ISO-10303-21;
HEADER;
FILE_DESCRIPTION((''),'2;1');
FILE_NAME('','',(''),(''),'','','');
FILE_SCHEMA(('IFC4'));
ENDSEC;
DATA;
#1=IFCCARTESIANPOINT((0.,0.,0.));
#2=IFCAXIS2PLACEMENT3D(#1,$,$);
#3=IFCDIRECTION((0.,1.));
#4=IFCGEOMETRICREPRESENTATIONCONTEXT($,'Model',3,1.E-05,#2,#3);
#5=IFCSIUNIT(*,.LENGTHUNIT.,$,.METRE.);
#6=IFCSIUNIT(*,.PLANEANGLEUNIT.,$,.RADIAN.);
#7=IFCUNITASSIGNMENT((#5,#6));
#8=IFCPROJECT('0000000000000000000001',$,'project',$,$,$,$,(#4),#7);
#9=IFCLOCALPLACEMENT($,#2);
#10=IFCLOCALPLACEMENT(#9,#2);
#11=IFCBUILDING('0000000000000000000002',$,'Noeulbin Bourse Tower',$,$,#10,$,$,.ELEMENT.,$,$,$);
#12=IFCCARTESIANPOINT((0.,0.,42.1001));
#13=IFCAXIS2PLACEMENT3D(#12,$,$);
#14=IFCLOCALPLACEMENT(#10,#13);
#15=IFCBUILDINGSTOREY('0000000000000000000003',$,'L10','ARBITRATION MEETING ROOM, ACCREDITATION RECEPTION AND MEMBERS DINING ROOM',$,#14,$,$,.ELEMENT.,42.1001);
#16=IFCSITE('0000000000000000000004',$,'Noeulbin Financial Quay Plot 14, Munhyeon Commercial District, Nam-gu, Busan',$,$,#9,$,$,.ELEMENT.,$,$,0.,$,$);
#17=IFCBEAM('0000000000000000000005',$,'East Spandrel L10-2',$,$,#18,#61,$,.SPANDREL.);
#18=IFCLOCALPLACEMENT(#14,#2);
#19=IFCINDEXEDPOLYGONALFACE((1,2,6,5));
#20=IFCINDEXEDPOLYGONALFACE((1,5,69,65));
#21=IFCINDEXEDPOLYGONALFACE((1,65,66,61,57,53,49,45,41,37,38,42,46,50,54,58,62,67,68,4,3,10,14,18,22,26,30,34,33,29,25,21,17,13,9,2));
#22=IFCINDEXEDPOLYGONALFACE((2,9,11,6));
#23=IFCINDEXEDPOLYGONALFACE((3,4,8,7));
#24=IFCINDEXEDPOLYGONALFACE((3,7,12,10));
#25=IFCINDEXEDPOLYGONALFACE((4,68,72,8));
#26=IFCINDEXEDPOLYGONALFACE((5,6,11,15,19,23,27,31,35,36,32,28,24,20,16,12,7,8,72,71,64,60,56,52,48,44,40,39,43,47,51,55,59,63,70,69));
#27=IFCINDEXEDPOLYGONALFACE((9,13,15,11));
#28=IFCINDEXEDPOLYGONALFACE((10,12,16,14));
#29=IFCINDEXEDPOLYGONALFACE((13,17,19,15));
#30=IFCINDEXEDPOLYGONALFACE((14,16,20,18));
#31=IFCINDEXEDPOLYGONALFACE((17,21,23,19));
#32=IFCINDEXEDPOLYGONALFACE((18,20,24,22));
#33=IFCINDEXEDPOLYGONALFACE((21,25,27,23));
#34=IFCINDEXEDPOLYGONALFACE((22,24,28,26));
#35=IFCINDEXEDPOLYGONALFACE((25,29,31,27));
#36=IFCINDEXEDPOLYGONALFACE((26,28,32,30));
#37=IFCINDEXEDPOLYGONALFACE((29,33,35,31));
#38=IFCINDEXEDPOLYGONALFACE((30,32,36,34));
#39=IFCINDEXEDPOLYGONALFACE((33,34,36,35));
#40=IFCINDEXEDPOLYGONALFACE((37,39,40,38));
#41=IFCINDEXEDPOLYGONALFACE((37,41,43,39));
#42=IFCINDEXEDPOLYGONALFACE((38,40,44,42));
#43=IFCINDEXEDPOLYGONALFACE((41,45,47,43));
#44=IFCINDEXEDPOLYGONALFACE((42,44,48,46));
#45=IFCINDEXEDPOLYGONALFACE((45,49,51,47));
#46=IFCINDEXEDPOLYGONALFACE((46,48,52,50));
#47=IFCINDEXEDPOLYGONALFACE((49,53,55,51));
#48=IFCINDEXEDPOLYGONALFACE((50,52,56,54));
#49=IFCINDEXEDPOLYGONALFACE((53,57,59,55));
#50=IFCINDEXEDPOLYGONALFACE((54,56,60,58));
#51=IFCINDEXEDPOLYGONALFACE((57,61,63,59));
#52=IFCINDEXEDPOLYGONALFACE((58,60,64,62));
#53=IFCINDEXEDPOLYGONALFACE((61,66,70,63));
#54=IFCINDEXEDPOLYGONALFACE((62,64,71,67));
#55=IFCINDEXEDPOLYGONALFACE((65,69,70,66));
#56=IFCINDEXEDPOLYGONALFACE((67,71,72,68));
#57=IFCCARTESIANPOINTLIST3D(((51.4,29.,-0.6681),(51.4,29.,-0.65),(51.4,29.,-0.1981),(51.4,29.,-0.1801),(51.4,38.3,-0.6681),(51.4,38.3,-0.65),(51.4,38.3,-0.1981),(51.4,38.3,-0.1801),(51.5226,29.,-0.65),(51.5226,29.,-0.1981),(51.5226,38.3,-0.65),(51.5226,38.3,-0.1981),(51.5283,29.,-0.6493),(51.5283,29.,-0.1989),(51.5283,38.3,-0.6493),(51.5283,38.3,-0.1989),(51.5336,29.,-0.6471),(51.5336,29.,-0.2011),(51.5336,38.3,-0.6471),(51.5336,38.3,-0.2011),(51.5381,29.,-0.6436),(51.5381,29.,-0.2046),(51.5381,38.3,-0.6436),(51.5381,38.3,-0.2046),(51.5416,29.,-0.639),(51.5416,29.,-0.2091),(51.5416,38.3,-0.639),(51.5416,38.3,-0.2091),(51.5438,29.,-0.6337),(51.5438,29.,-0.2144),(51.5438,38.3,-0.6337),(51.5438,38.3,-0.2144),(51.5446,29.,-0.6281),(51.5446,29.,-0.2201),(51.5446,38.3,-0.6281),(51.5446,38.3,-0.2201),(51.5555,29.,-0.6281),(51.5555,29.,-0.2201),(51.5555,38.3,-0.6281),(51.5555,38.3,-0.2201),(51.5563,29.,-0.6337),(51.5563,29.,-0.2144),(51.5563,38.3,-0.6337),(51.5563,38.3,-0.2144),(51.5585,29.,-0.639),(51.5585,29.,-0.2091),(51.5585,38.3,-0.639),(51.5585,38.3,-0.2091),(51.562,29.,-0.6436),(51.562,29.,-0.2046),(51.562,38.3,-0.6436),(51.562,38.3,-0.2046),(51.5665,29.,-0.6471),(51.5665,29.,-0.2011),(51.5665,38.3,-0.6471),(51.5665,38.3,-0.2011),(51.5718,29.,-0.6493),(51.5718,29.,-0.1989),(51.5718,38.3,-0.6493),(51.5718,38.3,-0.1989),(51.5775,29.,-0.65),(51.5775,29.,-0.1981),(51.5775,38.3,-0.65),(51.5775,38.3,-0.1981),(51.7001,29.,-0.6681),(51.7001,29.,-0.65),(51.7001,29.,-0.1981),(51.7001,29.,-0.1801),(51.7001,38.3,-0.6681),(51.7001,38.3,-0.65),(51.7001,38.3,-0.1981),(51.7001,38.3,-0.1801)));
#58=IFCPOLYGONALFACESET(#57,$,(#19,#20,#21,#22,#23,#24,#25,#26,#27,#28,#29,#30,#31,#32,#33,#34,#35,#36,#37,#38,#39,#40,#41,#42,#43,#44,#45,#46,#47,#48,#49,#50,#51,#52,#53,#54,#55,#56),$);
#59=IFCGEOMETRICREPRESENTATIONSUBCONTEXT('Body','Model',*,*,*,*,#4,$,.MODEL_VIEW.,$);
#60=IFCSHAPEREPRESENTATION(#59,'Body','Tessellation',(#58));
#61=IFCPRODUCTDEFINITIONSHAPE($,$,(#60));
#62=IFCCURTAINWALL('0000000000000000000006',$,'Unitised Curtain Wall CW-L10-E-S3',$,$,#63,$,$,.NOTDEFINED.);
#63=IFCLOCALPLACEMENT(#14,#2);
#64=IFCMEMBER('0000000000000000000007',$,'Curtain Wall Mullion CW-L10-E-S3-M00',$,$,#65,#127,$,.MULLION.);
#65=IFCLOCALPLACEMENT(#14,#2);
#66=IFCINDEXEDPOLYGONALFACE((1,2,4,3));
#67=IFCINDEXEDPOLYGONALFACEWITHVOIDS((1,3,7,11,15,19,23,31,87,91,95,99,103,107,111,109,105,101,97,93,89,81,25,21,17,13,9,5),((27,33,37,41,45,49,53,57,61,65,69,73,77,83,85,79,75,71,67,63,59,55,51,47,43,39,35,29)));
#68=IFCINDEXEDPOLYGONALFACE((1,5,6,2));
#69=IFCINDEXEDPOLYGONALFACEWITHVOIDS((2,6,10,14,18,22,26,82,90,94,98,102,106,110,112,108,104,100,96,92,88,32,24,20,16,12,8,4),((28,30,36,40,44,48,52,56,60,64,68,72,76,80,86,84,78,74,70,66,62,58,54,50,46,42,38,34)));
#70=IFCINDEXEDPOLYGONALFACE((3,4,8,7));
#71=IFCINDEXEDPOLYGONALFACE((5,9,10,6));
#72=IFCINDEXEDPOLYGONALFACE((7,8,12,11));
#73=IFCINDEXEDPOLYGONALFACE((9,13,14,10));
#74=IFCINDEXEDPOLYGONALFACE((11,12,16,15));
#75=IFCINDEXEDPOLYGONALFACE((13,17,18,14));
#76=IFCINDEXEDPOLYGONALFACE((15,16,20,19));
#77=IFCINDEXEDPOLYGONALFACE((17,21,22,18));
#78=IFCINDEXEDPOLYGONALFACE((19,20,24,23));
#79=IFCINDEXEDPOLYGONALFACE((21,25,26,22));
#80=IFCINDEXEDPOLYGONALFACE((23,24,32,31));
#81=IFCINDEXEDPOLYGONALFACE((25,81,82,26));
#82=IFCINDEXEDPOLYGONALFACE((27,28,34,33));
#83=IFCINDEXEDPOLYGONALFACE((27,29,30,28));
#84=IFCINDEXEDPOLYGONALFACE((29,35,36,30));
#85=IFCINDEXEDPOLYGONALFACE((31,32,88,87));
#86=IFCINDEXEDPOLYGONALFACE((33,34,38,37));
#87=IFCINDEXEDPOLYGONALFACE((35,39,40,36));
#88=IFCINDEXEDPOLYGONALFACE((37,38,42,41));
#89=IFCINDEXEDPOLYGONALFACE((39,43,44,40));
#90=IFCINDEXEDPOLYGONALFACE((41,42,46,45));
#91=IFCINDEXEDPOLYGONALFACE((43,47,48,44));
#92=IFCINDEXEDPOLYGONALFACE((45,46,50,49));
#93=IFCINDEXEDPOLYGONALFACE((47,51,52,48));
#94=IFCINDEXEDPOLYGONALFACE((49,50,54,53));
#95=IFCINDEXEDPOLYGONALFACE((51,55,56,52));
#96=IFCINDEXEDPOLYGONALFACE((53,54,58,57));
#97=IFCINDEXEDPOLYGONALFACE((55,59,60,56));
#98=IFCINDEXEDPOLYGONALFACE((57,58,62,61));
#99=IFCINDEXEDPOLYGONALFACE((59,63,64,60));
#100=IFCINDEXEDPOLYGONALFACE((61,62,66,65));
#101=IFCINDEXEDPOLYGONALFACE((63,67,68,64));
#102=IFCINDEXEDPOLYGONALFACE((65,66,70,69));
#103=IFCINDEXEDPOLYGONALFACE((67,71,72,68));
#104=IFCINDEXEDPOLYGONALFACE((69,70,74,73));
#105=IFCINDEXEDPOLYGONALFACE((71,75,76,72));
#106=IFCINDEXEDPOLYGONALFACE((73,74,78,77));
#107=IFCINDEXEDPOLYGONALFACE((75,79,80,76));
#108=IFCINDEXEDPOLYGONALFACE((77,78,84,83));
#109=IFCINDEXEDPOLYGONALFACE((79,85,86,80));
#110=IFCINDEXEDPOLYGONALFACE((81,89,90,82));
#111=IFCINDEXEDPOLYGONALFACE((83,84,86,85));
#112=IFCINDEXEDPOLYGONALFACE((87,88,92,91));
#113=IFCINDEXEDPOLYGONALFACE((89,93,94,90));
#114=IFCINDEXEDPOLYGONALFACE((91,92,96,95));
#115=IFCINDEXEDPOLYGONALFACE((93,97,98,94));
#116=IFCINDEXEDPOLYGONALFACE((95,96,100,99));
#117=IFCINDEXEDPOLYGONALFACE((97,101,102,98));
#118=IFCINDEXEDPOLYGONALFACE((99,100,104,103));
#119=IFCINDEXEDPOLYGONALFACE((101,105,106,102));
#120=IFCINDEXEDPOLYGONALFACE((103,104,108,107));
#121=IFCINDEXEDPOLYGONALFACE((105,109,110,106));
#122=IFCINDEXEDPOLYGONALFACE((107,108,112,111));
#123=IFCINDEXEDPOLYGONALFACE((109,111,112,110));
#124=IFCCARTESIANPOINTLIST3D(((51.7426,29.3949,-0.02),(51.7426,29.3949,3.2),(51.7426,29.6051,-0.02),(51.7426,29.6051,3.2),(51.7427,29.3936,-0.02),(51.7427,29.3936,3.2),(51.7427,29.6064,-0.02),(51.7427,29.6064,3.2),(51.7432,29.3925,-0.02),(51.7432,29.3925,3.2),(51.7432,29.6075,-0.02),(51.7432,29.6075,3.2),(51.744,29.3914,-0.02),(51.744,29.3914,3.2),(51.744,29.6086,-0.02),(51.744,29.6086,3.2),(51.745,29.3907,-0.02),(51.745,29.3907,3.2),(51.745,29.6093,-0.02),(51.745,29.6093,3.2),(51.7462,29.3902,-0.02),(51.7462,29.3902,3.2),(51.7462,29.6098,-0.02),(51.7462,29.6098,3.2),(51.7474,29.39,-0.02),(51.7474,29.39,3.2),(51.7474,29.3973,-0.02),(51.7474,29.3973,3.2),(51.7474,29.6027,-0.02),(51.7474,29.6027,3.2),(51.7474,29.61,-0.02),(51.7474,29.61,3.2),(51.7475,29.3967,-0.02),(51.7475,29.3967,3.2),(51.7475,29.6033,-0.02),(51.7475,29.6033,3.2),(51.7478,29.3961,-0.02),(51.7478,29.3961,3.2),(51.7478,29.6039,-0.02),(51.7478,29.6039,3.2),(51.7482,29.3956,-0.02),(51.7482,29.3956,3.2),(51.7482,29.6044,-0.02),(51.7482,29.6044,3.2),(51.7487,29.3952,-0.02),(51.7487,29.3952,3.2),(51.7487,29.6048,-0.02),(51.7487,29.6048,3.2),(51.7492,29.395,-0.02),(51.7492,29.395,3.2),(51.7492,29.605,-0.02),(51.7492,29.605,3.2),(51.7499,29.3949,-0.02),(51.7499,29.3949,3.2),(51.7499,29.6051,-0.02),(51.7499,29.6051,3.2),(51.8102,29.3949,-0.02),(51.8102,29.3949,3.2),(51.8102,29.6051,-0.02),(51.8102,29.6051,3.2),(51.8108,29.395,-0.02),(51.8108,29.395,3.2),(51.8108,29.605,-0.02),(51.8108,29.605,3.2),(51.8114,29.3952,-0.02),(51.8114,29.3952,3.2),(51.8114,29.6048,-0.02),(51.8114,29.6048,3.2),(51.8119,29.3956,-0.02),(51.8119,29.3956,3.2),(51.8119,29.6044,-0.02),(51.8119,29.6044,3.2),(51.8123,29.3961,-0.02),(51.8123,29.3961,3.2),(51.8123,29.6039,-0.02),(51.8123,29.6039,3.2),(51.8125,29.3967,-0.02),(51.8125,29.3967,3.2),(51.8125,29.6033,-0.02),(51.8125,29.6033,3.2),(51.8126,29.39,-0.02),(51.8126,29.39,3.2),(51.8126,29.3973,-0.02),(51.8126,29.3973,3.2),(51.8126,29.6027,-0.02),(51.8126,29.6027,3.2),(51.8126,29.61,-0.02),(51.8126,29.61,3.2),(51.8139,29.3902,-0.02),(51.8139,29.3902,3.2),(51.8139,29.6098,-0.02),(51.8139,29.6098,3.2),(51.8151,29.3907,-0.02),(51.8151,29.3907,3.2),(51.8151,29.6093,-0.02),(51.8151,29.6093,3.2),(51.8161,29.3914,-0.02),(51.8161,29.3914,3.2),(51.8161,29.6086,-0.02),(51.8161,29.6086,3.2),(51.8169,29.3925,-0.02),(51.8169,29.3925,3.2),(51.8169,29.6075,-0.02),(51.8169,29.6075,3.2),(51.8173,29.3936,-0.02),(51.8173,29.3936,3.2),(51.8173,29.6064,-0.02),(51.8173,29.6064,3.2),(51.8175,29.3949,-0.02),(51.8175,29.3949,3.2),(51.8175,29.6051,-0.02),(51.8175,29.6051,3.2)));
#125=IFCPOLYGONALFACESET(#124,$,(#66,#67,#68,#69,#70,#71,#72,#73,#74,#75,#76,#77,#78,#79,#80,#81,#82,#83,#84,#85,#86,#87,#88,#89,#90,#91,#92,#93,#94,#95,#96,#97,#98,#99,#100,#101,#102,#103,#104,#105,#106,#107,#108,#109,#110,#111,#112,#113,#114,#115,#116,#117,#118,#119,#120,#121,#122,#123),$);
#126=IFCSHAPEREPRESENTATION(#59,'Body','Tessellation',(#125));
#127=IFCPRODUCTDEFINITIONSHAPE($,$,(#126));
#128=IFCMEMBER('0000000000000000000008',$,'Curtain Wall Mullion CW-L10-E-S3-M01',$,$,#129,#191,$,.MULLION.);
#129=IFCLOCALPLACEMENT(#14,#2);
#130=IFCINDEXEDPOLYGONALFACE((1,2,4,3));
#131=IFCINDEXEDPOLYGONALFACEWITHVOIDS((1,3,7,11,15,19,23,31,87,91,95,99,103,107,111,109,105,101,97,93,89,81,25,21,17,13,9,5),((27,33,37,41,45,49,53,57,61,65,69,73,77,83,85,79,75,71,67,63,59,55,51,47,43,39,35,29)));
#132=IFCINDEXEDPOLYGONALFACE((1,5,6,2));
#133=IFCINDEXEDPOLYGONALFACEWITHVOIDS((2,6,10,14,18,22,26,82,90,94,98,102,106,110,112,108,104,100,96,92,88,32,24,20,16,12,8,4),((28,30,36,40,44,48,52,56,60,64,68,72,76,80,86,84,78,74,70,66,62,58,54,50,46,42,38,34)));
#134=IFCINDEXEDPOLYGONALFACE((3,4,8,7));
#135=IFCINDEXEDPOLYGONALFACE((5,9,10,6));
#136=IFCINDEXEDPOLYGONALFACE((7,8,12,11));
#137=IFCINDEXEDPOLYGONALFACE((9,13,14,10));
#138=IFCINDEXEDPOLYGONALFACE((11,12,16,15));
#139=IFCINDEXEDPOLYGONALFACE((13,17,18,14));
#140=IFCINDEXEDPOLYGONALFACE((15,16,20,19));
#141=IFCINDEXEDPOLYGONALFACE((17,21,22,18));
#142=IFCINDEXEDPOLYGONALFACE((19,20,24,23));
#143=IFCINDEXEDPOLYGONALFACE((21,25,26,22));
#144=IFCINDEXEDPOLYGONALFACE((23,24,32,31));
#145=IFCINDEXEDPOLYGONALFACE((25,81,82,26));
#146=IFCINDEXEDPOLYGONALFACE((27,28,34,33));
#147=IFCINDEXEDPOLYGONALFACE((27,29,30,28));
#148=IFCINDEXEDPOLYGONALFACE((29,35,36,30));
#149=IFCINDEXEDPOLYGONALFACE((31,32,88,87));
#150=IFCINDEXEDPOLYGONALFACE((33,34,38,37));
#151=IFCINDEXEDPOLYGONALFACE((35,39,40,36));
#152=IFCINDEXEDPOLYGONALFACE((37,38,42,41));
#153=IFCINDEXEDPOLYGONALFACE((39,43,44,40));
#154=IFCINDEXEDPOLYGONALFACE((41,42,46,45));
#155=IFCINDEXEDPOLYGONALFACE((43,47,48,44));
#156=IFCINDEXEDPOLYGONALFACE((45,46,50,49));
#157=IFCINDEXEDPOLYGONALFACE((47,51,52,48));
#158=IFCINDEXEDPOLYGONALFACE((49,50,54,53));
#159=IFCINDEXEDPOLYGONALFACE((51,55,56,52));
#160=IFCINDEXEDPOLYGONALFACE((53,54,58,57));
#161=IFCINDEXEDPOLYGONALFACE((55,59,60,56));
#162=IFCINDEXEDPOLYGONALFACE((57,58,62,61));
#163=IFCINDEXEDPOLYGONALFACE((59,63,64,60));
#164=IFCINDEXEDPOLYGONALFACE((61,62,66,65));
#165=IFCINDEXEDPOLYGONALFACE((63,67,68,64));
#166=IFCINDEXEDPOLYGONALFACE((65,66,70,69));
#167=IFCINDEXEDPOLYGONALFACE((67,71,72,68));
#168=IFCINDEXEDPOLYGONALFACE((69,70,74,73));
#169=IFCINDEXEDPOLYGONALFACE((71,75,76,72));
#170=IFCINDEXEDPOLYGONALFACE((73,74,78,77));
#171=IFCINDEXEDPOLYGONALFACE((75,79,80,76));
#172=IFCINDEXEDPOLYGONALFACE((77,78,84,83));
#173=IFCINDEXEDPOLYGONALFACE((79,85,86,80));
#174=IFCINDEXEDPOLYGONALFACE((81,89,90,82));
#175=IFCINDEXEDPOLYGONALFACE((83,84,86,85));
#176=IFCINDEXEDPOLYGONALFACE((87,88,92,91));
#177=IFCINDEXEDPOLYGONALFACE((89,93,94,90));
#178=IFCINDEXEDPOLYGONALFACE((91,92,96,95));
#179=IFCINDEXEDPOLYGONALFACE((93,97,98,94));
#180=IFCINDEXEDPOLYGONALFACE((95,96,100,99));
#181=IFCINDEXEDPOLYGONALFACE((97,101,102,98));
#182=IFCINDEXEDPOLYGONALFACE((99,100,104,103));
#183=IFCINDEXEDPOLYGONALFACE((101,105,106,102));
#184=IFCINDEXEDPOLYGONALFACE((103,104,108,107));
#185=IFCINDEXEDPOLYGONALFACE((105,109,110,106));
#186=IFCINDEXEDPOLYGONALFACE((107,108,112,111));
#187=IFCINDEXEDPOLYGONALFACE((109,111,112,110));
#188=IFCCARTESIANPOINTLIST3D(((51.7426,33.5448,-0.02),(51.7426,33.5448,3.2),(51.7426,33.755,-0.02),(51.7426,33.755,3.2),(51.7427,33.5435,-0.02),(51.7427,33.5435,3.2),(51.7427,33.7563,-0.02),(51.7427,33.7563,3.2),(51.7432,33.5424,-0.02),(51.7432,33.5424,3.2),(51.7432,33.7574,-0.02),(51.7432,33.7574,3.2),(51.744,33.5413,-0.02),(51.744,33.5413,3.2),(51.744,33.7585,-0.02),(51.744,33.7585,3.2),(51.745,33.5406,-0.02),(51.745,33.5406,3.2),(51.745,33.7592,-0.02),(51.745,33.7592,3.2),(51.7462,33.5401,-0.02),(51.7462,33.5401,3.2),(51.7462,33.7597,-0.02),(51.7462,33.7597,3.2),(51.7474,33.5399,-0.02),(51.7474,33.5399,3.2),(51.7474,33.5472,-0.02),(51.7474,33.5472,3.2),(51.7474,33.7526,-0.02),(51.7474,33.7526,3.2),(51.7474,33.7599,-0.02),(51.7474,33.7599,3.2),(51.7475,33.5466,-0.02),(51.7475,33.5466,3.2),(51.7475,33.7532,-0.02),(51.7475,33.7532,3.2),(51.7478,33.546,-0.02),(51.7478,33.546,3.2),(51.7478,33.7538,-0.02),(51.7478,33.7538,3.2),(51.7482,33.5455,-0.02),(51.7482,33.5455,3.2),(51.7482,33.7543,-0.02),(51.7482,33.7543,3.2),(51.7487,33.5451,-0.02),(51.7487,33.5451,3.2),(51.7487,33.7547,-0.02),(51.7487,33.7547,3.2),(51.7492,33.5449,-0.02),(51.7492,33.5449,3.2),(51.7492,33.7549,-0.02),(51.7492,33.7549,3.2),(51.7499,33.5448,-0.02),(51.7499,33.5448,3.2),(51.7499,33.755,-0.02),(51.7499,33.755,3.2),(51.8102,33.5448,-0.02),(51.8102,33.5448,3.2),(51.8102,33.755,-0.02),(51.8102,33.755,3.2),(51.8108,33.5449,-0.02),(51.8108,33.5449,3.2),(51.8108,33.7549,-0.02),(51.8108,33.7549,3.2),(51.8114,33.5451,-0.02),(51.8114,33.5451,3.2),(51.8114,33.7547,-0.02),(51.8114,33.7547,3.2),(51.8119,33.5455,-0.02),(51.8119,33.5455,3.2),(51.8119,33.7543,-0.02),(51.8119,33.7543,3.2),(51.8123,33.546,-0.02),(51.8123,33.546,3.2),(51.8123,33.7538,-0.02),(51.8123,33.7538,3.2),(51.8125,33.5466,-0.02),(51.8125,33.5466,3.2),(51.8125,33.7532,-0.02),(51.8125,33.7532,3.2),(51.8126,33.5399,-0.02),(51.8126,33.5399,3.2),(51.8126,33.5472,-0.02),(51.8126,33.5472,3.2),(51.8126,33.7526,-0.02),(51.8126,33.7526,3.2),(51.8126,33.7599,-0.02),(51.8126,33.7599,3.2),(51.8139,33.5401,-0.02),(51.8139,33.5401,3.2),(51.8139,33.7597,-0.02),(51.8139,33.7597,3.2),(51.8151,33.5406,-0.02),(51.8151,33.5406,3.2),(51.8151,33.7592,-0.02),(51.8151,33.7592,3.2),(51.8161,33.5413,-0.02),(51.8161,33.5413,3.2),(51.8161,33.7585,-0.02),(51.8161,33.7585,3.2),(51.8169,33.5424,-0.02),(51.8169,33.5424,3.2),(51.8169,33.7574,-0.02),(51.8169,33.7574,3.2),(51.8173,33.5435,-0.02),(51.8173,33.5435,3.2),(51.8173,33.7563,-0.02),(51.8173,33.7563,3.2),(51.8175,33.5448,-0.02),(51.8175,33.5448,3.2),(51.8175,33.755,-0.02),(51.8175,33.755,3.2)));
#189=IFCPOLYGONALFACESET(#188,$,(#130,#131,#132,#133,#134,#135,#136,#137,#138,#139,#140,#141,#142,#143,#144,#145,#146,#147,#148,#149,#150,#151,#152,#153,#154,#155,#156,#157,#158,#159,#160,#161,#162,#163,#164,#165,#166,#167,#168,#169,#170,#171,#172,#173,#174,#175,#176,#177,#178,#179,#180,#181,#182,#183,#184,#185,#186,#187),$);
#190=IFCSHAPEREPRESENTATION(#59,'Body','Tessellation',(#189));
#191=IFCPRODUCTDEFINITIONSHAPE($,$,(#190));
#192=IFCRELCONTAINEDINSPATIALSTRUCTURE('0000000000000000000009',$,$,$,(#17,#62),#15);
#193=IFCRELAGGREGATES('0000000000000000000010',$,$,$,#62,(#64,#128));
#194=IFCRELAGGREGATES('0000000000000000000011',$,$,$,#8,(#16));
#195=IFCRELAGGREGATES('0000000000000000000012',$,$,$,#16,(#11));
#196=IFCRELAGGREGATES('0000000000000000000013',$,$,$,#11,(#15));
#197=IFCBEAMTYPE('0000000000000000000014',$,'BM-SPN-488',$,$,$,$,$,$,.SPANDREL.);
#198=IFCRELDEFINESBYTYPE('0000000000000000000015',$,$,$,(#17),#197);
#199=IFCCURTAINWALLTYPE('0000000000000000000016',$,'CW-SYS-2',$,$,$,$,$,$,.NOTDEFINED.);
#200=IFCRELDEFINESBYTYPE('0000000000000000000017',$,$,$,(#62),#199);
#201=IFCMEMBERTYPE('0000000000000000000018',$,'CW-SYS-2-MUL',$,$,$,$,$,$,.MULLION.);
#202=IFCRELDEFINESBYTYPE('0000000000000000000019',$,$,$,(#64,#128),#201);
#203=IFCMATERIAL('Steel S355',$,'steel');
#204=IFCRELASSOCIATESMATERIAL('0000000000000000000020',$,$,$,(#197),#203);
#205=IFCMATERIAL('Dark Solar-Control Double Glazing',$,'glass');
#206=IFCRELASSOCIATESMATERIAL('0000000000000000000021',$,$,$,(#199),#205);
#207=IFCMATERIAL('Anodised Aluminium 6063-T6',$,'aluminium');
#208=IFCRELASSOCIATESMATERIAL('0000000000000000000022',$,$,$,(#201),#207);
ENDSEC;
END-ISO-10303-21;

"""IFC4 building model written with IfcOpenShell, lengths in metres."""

from ifc_helpers import new_model, si_unit, direction, frame, origin, origin_2d, place, context, subcontext, project, spatial, hollow_rectangle, i_section, extrude, material, material_profile, profile_set, type_object, element, aggregate, save


model = new_model("IFC4")

# Units and contexts
model_context = context("Model", 3, precision=1e-05, world=origin(), true_north=direction((0.0, 1.0)))
body_context = subcontext(model_context, "Body", "Model", "MODEL_VIEW")
ifc_project = project(units=[si_unit("LENGTHUNIT", "METRE"), si_unit("PLANEANGLEUNIT", "RADIAN")], contexts=[model_context])

# Site, building, storey
site_placement = place(None, origin())
site = spatial("IfcSite", under=ifc_project, at=site_placement, Name="Noeulbin Financial Quay Plot 14, Munhyeon Commercial District, Nam-gu, Busan", CompositionType="ELEMENT", RefElevation=0.0)
building_placement = place(site_placement, origin())
building = spatial("IfcBuilding", under=site, at=building_placement, Name="Noeulbin Bourse Tower", CompositionType="ELEMENT")
storey_placement = place(building_placement, frame((0.0, 0.0, 42.1001)))
storey = spatial("IfcBuildingStorey", under=building, at=storey_placement, Name="L10", Description="ARBITRATION MEETING ROOM, ACCREDITATION RECEPTION AND MEMBERS DINING ROOM", CompositionType="ELEMENT", Elevation=42.1001)

# Beam
ifc_material_1 = material(Name="Steel S355", Category="steel")
ifc_material_profile_1 = material_profile(ifc_material_1, i_section(OverallWidth=0.3, OverallDepth=0.488, WebThickness=0.011, FlangeThickness=0.0181, FilletRadius=0.022, at=origin_2d()), Name="H-488x300x11x18", Category="LoadBearing")
ifc_profile_set_1 = profile_set([ifc_material_profile_1], Name="Steel S355")
beam_type_1 = type_object("IfcBeamType", Name="BM-SPN-488", PredefinedType="SPANDREL", material=ifc_profile_set_1)
beam_1_placement = place(storey_placement, frame((51.55, 29.0, -0.4241), z_axis=(0.0, 1.0, 0.0), x_axis=(-1.0, 0.0, 0.0)))
element("IfcBeam", 1, at=beam_1_placement, inside=storey, type_object=beam_type_1, Name="East Spandrel L10-2", PredefinedType="SPANDREL", context=body_context, shape_type="SweptSolid", body=[
    extrude(i_section(OverallWidth=0.3, OverallDepth=0.488, WebThickness=0.011, FlangeThickness=0.0181, FilletRadius=0.022, at=origin_2d()), origin(), (0.0, 0.0, 1.0), 9.3),
])

# Curtain wall, members
ifc_material_2 = material(Name="Dark Solar-Control Double Glazing", Category="glass")
curtain_wall_type = type_object("IfcCurtainWallType", Name="CW-SYS-2", PredefinedType="NOTDEFINED", material=ifc_material_2)
curtain_wall_placement = place(storey_placement, origin())
curtain_wall = element("IfcCurtainWall", 2, at=curtain_wall_placement, inside=storey, type_object=curtain_wall_type, Name="Unitised Curtain Wall CW-L10-E-S3", PredefinedType="NOTDEFINED")
ifc_material_3 = material(Name="Anodised Aluminium 6063-T6", Category="aluminium")
ifc_material_profile_2 = material_profile(ifc_material_3, hollow_rectangle(XDim=0.075, YDim=0.22, WallThickness=0.0049, InnerFilletRadius=0.0024, OuterFilletRadius=0.0049, at=origin_2d()), Name="ALU-MULL-75x220x5", Category="LoadBearing")
ifc_profile_set_2 = profile_set([ifc_material_profile_2], Name="Anodised Aluminium 6063-T6")
member_type_1 = type_object("IfcMemberType", Name="CW-SYS-2-MUL", PredefinedType="MULLION", material=ifc_profile_set_2)
member_1_placement = place(storey_placement, frame((51.78, 29.5, -0.02), z_axis=(0.0, 0.0, 1.0), x_axis=(1.0, 0.0, 0.0)))
member_1 = element("IfcMember", 3, at=member_1_placement, type_object=member_type_1, Name="Curtain Wall Mullion CW-L10-E-S3-M00", PredefinedType="MULLION", context=body_context, shape_type="SweptSolid", body=[
    extrude(hollow_rectangle(XDim=0.075, YDim=0.22, WallThickness=0.0049, InnerFilletRadius=0.0024, OuterFilletRadius=0.0049, at=origin_2d()), origin(), (0.0, 0.0, 1.0), 3.22),
])
member_2_placement = place(storey_placement, frame((51.78, 33.6499, -0.02), z_axis=(0.0, 0.0, 1.0), x_axis=(1.0, 0.0, 0.0)))
member_2 = element("IfcMember", 4, at=member_2_placement, type_object=member_type_1, Name="Curtain Wall Mullion CW-L10-E-S3-M01", PredefinedType="MULLION", context=body_context, shape_type="SweptSolid", body=[
    extrude(hollow_rectangle(XDim=0.075, YDim=0.22, WallThickness=0.0049, InnerFilletRadius=0.0024, OuterFilletRadius=0.0049, at=origin_2d()), origin(), (0.0, 0.0, 1.0), 3.22),
])
aggregate(curtain_wall, [member_1, member_2])

save(model, "model.ifc")
